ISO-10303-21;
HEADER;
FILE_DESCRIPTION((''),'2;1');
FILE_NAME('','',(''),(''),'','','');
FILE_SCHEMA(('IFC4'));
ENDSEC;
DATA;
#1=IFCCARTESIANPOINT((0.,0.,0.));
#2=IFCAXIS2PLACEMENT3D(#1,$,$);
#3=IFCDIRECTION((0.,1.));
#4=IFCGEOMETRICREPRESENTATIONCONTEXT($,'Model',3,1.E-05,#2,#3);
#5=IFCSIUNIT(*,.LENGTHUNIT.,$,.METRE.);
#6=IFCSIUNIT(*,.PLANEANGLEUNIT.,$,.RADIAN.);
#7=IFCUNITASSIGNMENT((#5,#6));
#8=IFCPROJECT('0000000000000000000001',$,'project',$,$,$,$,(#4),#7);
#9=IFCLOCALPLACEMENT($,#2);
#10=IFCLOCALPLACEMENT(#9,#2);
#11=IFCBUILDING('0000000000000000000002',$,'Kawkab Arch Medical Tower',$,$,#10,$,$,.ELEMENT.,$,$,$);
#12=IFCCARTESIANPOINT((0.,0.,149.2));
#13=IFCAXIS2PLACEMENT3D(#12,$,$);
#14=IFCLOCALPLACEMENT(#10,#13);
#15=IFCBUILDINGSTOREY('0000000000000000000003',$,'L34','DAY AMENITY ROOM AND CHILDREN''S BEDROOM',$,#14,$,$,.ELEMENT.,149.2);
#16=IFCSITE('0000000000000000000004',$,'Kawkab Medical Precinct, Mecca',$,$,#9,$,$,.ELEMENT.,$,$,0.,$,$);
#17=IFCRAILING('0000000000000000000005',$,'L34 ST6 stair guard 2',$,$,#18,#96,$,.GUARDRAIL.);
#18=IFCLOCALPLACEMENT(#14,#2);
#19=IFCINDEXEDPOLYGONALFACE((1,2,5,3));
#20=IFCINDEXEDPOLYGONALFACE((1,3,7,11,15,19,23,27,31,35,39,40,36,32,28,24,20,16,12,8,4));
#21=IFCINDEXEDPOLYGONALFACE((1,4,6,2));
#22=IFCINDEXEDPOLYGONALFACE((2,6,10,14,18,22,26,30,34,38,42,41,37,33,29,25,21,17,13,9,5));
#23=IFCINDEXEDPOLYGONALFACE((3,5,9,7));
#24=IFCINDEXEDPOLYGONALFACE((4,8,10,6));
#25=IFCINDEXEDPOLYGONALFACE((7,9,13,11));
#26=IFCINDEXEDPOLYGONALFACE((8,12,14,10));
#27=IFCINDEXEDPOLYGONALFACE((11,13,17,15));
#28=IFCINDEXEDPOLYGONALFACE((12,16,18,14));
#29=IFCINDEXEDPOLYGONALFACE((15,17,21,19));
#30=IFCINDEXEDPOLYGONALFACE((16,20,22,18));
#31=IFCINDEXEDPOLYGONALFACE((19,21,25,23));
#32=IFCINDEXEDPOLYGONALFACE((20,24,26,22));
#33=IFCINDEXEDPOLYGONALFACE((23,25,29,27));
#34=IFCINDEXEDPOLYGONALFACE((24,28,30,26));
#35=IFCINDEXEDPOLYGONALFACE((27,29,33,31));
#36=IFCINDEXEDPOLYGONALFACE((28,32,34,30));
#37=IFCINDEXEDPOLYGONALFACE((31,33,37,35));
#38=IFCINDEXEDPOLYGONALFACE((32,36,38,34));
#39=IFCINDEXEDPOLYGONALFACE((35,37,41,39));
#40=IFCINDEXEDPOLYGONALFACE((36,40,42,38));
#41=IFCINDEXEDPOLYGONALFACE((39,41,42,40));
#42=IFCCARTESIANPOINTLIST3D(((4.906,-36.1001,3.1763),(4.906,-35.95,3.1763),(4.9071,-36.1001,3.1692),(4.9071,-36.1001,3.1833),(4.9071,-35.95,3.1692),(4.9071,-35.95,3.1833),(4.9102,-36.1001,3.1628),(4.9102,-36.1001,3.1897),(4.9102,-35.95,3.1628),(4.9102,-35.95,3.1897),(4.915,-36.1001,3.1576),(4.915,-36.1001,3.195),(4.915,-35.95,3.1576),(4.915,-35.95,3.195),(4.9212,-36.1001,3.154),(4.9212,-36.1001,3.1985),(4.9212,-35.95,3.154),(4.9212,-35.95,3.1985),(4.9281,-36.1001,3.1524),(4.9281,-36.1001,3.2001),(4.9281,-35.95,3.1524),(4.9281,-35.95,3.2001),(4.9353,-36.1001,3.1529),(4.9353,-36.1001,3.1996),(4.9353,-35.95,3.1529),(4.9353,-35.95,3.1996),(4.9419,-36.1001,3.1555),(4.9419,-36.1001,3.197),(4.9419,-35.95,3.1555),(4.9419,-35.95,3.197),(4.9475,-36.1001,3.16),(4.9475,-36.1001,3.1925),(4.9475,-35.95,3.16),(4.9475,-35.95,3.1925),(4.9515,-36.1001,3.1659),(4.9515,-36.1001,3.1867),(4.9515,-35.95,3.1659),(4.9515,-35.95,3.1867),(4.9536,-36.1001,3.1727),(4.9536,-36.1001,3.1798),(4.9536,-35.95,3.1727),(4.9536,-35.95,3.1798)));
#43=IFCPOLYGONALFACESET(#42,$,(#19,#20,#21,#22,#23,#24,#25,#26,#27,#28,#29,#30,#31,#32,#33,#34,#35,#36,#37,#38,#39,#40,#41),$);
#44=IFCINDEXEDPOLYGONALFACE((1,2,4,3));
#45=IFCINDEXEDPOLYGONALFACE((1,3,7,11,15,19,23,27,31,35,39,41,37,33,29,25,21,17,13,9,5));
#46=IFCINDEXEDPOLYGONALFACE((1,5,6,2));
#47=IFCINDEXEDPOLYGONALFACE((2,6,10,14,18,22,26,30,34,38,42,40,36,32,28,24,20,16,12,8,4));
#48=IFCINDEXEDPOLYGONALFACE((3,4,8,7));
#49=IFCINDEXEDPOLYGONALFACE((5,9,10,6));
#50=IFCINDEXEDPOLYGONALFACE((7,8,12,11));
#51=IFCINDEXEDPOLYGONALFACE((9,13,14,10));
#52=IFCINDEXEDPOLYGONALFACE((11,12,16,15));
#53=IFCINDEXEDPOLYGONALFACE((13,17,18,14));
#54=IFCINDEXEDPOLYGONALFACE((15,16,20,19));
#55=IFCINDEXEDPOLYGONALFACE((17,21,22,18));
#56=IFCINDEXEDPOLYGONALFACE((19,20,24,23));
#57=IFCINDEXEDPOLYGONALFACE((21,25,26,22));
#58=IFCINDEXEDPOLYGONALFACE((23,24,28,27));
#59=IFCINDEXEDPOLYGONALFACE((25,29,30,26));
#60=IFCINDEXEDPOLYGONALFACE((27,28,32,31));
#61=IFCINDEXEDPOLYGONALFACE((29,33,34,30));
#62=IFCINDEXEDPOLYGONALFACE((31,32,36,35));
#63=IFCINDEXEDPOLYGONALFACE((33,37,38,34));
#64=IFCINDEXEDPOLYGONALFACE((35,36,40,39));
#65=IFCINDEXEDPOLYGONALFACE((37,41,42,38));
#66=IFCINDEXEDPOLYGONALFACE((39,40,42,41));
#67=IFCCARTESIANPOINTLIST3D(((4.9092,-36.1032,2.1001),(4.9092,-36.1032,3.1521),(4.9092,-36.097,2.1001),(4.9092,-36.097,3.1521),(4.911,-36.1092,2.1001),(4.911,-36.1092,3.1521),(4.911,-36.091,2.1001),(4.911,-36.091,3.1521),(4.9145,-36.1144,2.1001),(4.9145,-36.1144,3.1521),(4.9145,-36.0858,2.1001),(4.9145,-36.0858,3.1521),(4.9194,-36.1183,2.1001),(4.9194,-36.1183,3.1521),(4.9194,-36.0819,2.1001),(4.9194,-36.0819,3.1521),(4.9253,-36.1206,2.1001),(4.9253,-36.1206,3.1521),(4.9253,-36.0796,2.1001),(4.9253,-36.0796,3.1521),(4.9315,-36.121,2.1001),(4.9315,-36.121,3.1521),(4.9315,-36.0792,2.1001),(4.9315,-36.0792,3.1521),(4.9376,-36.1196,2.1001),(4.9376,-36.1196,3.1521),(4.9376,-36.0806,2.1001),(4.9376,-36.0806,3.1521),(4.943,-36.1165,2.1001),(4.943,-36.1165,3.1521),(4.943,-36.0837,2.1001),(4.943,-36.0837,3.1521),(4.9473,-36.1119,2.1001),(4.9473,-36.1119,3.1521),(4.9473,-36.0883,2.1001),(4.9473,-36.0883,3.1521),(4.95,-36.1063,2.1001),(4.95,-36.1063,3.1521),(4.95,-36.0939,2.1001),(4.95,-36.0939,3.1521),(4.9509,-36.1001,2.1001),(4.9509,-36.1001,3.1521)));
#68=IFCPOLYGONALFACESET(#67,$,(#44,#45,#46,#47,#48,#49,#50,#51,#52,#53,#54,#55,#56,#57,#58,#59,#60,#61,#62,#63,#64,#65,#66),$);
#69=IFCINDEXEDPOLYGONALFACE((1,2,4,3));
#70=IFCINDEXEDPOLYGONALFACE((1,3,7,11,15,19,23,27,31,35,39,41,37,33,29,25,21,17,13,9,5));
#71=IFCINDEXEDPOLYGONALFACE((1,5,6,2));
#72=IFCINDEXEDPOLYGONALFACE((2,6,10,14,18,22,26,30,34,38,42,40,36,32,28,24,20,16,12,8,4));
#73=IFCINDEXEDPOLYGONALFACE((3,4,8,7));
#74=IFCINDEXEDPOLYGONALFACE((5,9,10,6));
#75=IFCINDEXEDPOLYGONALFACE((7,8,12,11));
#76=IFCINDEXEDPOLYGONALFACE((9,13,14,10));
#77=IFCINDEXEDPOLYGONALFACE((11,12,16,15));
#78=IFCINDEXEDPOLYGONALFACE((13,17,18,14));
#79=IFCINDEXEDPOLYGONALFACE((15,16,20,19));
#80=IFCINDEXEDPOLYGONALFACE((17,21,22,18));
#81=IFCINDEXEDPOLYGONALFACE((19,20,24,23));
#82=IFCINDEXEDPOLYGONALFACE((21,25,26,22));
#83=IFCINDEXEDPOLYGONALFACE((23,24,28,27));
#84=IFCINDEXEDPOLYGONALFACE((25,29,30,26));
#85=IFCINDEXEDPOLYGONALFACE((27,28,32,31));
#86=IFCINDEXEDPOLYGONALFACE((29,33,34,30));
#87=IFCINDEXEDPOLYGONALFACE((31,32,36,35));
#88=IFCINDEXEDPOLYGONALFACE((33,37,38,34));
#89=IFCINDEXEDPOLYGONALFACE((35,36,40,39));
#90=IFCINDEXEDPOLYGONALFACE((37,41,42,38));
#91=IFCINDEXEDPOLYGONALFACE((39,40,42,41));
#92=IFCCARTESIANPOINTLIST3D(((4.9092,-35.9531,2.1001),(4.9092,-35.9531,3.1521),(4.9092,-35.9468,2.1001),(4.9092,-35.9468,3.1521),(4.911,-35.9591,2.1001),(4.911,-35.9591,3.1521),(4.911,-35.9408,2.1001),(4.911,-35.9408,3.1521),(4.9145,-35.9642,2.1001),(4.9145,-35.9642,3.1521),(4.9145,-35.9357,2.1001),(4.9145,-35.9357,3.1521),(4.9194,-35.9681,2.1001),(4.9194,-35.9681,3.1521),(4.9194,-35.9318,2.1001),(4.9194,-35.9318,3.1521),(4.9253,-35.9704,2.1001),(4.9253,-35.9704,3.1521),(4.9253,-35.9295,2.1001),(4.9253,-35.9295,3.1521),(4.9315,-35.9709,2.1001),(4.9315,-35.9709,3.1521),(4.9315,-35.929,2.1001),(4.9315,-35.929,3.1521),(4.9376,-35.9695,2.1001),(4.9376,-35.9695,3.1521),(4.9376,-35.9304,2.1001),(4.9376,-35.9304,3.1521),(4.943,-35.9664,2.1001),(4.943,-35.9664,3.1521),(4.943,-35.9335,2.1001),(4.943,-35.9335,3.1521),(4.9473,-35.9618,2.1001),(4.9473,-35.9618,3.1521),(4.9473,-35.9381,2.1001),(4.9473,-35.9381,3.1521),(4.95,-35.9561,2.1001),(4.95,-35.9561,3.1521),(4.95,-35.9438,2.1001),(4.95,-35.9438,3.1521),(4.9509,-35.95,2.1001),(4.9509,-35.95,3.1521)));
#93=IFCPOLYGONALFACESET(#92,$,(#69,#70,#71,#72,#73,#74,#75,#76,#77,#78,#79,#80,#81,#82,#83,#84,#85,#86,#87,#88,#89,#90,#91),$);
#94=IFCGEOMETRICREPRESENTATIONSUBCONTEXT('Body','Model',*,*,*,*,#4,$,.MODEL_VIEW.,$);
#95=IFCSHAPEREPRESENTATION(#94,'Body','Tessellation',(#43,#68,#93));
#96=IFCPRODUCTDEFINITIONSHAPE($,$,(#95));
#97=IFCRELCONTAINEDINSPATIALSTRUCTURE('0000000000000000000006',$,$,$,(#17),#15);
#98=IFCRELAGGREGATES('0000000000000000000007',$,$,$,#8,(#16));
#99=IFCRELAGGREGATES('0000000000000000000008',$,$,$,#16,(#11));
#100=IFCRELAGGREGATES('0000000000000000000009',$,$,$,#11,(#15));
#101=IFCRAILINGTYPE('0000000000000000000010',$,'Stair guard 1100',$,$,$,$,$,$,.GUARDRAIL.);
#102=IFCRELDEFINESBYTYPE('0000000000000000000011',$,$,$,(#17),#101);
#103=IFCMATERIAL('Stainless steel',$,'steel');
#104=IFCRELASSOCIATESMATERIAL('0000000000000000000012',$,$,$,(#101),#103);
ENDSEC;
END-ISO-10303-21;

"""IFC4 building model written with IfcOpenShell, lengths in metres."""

from ifc_helpers import new_model, si_unit, direction, frame, origin, origin_2d, place, context, subcontext, project, spatial, circle, extrude, material, type_object, element, save


model = new_model("IFC4")

# Units and contexts
model_context = context("Model", 3, precision=1e-05, world=origin(), true_north=direction((0.0, 1.0)))
body_context = subcontext(model_context, "Body", "Model", "MODEL_VIEW")
ifc_project = project(units=[si_unit("LENGTHUNIT", "METRE"), si_unit("PLANEANGLEUNIT", "RADIAN")], contexts=[model_context])

# Site, building, storey
site_placement = place(None, origin())
site = spatial("IfcSite", under=ifc_project, at=site_placement, Name="Kawkab Medical Precinct, Mecca", CompositionType="ELEMENT", RefElevation=0.0)
building_placement = place(site_placement, origin())
building = spatial("IfcBuilding", under=site, at=building_placement, Name="Kawkab Arch Medical Tower", CompositionType="ELEMENT")
storey_placement = place(building_placement, frame((0.0, 0.0, 149.2)))
storey = spatial("IfcBuildingStorey", under=building, at=storey_placement, Name="L34", Description="DAY AMENITY ROOM AND CHILDREN'S BEDROOM", CompositionType="ELEMENT", Elevation=149.2)

# Railing
ifc_material_1 = material(Name="Stainless steel", Category="steel")
railing_type = type_object("IfcRailingType", Name="Stair guard 1100", PredefinedType="GUARDRAIL", material=ifc_material_1)
railing_1_placement = place(storey_placement, frame((4.9299, -36.1001, 2.1001)))
element("IfcRailing", 1, at=railing_1_placement, inside=storey, type_object=railing_type, Name="L34 ST6 stair guard 2", PredefinedType="GUARDRAIL", context=body_context, shape_type="SweptSolid", body=[
    extrude(circle(Radius=0.0239, at=origin_2d()), frame((0.0, 0.0, 1.0762), z_axis=(0.0, 1.0, 0.0), x_axis=(-1.0, 0.0, 0.0)), (0.0, 0.0, 1.0), 0.1501),
    extrude(circle(Radius=0.021, at=origin_2d()), origin(), (0.0, 0.0, 1.0), 1.052),
    extrude(circle(Radius=0.021, at=origin_2d()), frame((0.0, 0.1501, 0.0)), (0.0, 0.0, 1.0), 1.052),
])

save(model, "model.ifc")
